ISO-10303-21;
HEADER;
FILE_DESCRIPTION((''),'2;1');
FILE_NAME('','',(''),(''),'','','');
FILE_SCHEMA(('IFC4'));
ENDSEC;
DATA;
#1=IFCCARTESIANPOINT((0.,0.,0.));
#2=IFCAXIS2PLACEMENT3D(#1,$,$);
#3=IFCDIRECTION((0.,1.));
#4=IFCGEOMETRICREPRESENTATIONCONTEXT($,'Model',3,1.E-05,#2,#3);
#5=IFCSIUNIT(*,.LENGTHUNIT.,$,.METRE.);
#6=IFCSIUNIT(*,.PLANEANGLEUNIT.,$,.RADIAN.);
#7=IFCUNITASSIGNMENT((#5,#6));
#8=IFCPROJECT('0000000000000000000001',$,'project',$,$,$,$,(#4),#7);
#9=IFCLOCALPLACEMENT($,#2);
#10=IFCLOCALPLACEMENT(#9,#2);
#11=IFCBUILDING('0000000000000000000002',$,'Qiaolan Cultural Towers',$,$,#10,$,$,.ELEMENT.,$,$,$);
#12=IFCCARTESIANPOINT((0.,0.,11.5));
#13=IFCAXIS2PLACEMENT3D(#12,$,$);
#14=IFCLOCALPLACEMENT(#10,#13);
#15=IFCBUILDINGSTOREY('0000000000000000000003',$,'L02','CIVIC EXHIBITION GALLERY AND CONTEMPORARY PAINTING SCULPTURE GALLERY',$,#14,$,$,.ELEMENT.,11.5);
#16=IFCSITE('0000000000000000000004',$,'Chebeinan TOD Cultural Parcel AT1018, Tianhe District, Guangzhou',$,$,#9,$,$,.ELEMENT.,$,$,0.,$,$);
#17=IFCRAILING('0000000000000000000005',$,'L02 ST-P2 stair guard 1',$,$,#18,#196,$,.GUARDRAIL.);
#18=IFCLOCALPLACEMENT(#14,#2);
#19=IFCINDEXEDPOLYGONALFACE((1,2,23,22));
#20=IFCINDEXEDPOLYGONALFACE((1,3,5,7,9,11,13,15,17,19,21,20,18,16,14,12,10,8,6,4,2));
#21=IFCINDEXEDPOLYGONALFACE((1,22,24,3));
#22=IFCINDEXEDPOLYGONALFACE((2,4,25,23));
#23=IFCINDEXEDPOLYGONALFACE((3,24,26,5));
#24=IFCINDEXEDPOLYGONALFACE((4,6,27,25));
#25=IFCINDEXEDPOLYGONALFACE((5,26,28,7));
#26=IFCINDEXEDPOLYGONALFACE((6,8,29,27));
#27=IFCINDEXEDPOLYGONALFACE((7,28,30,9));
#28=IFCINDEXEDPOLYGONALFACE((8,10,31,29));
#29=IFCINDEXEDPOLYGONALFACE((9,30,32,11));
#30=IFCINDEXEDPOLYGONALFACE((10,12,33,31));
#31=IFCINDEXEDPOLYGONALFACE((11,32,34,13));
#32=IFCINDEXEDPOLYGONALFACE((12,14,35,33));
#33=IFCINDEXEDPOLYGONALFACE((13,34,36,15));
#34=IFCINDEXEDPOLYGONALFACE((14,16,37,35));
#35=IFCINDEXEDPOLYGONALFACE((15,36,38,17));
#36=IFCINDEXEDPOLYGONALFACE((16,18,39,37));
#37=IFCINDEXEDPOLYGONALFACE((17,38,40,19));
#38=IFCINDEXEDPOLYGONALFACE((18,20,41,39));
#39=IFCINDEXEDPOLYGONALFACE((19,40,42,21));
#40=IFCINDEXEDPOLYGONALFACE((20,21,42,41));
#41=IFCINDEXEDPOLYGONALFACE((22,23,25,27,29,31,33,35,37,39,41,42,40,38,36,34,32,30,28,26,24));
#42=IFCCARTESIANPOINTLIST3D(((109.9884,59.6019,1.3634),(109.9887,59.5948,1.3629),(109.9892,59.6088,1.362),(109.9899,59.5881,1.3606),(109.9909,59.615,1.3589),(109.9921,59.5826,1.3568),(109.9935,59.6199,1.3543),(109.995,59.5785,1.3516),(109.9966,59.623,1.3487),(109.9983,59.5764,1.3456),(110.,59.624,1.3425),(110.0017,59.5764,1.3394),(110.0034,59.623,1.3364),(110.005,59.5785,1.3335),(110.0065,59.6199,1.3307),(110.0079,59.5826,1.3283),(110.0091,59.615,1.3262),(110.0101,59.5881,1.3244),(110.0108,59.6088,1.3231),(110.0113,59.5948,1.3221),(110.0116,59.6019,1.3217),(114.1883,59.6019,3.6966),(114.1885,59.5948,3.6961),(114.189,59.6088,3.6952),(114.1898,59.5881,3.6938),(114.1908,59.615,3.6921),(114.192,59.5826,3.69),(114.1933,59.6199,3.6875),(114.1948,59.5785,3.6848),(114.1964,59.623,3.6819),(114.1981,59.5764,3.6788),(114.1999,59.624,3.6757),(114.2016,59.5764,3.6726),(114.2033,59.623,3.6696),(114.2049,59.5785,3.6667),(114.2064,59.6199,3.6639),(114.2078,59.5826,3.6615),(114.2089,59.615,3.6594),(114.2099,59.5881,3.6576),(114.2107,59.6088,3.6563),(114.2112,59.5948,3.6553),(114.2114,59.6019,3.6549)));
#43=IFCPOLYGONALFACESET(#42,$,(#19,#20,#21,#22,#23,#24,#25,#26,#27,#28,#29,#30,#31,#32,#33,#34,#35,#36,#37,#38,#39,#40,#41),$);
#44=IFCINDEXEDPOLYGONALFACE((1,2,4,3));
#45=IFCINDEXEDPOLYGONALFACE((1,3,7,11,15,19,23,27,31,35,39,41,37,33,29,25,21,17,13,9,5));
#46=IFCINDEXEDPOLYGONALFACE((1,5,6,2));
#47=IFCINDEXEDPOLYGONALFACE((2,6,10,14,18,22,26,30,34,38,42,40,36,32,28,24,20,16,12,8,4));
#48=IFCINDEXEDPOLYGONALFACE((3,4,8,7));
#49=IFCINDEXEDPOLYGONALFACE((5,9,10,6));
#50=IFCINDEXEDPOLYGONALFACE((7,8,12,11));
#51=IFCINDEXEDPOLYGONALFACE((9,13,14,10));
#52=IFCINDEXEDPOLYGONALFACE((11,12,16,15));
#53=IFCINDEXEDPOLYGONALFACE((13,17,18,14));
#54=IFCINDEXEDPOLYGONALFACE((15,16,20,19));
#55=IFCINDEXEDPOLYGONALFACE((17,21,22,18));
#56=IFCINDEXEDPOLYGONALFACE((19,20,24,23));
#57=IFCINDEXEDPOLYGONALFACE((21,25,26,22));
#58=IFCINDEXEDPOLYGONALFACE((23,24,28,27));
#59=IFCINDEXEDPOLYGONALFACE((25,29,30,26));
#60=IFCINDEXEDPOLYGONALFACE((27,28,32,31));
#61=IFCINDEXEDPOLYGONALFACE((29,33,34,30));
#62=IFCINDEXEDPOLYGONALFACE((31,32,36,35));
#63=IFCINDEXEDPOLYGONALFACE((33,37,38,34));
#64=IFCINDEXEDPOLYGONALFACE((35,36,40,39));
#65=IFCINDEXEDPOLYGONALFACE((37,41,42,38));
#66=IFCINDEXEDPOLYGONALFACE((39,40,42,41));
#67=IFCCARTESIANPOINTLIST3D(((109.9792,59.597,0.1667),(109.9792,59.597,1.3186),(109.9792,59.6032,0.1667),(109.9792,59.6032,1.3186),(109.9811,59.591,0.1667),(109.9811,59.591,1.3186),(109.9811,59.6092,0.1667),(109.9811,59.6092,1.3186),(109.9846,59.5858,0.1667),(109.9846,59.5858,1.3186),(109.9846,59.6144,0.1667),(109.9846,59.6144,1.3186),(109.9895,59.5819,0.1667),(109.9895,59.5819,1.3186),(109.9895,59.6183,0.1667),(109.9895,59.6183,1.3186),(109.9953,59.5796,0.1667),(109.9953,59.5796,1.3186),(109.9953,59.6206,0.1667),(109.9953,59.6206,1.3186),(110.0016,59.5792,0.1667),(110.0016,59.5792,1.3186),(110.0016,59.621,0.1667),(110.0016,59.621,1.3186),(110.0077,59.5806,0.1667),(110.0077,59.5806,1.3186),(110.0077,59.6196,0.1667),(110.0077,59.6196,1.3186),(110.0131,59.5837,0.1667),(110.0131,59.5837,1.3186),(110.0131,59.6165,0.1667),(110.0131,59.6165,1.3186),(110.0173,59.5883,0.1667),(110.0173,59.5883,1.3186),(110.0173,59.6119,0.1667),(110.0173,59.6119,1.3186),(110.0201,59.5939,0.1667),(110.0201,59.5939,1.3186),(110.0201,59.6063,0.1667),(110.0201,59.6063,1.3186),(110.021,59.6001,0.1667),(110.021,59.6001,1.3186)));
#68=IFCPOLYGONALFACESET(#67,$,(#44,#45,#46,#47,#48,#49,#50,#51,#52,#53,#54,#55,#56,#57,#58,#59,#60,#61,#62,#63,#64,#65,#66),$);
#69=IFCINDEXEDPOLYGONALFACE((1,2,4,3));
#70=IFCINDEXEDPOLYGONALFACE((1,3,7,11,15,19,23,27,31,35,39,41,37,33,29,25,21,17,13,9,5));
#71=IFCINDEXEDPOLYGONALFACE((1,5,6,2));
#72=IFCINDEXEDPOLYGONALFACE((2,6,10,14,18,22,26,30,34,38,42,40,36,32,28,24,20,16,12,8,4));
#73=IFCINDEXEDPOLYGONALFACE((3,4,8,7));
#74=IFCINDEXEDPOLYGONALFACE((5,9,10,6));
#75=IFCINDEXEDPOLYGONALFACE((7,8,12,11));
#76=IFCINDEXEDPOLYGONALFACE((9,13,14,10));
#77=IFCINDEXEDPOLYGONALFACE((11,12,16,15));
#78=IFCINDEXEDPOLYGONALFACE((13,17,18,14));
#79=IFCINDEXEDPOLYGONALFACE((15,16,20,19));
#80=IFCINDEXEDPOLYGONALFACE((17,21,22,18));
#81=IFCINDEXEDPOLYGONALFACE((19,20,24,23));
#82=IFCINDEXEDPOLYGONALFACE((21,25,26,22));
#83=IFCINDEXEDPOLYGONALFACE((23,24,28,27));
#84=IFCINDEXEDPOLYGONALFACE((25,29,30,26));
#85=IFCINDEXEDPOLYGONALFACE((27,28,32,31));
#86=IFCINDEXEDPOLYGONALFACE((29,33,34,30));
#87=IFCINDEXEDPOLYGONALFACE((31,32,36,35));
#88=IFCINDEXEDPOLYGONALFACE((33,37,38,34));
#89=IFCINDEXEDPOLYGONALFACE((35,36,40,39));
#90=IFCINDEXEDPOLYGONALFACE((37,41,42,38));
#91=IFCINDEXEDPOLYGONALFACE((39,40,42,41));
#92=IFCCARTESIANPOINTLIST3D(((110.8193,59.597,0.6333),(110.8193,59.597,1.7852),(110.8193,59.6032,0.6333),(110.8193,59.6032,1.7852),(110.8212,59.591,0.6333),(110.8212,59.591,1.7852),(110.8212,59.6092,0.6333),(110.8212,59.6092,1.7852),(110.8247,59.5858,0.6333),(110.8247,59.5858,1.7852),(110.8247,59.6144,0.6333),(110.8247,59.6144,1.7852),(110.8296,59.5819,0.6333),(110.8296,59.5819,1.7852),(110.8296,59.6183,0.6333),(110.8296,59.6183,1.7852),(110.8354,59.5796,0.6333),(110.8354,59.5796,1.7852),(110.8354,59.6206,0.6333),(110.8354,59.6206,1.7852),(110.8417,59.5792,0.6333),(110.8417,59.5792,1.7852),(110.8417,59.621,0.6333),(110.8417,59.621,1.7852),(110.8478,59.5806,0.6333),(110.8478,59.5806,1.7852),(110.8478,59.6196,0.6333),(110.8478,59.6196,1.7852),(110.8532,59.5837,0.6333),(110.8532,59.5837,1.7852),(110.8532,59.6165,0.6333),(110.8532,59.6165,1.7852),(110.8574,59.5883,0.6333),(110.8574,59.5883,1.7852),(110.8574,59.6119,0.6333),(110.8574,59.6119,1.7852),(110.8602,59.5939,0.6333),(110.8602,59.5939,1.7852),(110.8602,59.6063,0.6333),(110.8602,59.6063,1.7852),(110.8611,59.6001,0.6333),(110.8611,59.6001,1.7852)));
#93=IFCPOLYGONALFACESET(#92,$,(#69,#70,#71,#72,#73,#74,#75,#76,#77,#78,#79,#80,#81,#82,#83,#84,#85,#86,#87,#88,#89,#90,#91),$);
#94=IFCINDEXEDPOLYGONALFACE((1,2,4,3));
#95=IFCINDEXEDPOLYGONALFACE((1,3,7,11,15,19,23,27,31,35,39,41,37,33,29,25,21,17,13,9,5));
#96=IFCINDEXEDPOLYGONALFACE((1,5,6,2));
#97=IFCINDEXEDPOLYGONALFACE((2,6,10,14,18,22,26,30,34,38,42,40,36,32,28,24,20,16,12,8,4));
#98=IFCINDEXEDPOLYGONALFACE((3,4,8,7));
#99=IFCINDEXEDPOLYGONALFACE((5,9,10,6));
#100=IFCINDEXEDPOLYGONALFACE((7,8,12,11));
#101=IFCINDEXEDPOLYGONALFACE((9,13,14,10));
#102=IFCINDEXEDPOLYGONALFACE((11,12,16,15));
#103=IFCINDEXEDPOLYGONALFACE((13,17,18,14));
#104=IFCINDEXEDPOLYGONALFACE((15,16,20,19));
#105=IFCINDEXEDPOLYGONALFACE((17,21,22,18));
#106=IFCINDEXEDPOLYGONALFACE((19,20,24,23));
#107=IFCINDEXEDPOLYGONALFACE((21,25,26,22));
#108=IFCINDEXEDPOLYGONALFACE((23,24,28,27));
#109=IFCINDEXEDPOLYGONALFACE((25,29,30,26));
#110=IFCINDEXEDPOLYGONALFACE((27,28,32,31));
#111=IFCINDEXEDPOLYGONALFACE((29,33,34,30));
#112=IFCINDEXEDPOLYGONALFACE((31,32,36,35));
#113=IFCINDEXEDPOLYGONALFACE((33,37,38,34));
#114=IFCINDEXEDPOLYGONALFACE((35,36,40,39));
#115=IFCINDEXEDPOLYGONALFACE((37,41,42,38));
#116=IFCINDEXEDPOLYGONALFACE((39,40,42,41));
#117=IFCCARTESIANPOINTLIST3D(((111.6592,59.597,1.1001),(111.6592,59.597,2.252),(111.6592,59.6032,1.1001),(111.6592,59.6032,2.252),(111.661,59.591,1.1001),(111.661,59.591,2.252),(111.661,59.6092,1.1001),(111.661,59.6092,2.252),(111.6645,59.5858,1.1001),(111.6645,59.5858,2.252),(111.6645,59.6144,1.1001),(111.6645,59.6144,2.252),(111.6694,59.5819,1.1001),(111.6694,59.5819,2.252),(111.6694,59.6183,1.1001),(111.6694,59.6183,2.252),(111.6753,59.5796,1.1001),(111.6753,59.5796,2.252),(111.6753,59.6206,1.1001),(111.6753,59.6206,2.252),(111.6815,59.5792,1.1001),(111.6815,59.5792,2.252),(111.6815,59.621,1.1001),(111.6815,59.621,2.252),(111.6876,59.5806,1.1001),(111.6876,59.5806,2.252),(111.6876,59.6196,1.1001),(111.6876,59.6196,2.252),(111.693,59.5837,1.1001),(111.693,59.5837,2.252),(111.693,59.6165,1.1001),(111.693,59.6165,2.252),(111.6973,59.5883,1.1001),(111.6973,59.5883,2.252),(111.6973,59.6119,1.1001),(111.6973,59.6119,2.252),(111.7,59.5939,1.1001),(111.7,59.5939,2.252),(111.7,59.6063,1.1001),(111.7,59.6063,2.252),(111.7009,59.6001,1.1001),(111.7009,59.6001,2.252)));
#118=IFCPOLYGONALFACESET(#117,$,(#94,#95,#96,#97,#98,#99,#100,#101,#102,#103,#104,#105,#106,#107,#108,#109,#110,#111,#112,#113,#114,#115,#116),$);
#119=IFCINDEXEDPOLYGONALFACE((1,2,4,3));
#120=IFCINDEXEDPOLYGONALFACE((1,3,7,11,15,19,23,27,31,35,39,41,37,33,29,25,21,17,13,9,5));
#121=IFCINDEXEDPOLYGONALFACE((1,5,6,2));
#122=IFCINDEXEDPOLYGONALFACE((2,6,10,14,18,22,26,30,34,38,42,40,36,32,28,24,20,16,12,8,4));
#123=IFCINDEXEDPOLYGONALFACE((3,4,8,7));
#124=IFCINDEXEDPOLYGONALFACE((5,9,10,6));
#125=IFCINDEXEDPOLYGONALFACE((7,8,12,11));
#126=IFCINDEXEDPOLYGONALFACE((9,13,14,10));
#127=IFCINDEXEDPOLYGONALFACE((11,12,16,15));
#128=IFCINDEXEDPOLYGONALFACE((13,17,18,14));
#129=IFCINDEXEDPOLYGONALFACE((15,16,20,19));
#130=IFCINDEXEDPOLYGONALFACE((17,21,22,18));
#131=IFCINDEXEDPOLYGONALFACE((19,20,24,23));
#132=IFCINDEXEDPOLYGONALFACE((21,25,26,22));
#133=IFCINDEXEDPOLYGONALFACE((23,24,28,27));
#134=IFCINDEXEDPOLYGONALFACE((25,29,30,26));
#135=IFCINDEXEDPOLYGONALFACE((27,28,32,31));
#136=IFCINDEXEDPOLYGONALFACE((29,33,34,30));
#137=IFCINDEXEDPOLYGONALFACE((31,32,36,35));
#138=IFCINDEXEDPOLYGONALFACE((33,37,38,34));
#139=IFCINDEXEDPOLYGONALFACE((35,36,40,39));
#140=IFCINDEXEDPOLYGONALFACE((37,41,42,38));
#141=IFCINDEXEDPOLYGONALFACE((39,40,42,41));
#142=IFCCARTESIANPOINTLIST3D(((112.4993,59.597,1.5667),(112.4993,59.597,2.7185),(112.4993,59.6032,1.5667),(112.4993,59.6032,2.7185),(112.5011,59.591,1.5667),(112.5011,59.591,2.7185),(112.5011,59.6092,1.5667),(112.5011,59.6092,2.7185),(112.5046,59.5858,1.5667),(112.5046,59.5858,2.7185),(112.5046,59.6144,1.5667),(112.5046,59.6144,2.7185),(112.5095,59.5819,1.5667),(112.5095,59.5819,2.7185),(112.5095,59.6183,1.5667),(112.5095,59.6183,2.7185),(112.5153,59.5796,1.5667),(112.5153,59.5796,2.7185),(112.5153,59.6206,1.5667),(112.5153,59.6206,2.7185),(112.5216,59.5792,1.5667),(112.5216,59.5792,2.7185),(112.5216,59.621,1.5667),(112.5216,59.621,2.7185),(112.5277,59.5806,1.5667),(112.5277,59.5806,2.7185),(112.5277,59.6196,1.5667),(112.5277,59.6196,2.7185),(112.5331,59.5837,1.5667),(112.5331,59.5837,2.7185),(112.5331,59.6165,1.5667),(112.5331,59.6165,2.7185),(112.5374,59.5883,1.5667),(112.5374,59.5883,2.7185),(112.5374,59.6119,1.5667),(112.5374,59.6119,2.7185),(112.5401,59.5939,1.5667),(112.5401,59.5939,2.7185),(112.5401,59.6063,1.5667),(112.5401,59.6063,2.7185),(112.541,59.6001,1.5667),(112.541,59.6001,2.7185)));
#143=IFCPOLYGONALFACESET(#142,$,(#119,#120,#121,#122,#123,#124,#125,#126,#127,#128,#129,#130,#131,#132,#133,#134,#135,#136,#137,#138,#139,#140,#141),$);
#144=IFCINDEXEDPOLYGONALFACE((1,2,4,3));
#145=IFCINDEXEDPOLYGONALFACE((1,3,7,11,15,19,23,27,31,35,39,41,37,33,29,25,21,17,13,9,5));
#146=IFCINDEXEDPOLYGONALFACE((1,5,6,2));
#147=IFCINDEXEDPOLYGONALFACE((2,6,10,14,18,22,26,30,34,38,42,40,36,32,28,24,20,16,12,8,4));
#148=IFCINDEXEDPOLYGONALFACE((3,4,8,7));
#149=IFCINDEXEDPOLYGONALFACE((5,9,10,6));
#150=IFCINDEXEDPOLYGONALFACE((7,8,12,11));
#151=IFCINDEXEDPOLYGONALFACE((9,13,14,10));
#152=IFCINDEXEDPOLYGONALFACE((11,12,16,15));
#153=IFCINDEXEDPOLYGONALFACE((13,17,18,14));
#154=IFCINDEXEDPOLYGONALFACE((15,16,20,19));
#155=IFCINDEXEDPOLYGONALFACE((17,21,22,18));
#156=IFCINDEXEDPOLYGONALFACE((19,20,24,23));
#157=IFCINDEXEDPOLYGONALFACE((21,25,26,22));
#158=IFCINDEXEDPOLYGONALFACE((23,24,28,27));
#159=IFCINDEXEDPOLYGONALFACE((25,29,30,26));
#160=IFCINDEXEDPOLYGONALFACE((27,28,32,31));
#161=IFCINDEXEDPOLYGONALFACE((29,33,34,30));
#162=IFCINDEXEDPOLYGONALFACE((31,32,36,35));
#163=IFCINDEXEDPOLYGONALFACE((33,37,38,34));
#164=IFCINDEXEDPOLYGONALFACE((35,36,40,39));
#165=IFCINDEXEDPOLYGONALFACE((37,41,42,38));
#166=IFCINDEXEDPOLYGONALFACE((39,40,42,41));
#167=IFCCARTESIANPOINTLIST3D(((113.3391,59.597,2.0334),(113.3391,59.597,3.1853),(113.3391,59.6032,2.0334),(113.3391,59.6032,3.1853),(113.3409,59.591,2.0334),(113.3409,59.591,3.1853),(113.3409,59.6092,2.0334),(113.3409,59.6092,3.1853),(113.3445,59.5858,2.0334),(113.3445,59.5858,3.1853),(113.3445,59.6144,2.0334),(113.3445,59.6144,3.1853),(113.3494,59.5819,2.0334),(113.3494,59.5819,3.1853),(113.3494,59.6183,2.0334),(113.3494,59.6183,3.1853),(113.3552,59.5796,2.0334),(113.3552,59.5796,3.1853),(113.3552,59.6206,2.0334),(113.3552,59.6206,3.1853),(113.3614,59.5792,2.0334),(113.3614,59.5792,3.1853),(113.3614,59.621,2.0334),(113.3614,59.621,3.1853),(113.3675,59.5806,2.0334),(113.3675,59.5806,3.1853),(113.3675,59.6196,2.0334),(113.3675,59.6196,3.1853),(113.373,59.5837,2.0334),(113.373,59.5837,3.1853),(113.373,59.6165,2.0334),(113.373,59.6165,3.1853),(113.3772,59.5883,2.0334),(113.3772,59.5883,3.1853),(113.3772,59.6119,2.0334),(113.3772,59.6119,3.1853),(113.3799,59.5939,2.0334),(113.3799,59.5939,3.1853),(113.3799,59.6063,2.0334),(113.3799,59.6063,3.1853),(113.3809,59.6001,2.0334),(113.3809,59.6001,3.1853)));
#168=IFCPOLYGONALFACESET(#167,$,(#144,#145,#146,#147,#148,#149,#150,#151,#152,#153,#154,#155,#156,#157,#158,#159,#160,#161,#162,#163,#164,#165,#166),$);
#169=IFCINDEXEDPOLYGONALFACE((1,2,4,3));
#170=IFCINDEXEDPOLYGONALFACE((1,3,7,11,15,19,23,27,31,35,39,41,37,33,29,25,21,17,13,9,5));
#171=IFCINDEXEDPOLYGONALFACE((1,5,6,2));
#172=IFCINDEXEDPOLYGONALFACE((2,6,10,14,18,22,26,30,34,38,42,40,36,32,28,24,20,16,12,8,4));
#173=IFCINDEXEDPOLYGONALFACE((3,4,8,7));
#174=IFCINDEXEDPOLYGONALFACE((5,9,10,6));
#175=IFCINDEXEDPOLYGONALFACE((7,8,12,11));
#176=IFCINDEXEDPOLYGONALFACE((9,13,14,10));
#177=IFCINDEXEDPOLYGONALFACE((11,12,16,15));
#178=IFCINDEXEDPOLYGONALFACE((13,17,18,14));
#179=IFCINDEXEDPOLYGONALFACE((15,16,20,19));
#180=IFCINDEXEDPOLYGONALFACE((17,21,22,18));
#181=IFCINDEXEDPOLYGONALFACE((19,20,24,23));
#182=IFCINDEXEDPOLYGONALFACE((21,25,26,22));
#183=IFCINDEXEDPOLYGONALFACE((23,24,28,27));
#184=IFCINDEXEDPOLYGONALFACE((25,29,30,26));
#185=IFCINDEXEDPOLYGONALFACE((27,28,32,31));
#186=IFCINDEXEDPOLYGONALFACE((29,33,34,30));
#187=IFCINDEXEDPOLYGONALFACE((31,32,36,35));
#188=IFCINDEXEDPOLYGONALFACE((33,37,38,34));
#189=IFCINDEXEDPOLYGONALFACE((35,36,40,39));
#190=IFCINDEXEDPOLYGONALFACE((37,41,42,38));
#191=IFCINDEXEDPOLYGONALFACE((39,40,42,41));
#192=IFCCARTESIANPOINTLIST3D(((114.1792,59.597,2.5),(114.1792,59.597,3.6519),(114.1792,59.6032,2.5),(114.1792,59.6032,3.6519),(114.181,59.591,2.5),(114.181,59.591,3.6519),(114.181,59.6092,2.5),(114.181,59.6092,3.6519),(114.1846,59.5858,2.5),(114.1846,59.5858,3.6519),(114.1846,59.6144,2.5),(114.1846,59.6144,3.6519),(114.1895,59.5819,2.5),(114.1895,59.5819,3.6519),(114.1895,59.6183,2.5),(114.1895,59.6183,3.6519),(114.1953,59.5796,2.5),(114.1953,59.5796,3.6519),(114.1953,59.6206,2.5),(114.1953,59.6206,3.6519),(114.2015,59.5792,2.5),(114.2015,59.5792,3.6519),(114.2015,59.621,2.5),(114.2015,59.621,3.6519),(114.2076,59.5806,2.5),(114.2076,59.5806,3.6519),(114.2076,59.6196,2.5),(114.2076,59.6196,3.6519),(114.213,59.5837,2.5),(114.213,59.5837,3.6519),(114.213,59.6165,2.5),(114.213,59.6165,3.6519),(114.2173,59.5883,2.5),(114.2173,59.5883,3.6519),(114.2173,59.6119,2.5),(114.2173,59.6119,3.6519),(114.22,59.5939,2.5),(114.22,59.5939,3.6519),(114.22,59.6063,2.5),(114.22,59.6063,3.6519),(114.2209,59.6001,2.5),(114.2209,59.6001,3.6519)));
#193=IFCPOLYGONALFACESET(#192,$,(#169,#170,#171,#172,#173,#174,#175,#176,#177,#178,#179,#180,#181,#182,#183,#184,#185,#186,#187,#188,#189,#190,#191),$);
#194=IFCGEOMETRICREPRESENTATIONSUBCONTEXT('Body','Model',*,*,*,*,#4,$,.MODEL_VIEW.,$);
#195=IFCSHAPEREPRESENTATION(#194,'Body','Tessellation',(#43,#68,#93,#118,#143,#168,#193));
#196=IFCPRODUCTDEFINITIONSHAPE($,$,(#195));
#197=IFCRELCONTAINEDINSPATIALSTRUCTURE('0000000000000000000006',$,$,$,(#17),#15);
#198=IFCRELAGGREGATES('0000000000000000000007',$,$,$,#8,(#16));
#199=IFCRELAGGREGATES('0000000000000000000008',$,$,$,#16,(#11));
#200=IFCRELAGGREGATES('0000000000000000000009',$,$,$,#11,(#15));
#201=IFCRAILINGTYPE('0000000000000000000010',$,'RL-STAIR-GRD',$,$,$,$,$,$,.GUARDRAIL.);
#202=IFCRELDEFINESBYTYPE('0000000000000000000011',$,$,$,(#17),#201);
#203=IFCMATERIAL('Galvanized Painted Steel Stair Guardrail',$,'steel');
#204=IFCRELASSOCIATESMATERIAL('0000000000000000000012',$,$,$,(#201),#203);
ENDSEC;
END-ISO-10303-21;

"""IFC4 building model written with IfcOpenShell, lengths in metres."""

from ifc_helpers import new_model, si_unit, direction, frame, origin, origin_2d, place, context, subcontext, project, spatial, circle, extrude, material, type_object, element, save


model = new_model("IFC4")

# Units and contexts
model_context = context("Model", 3, precision=1e-05, world=origin(), true_north=direction((0.0, 1.0)))
body_context = subcontext(model_context, "Body", "Model", "MODEL_VIEW")
ifc_project = project(units=[si_unit("LENGTHUNIT", "METRE"), si_unit("PLANEANGLEUNIT", "RADIAN")], contexts=[model_context])

# Site, building, storey
site_placement = place(None, origin())
site = spatial("IfcSite", under=ifc_project, at=site_placement, Name="Chebeinan TOD Cultural Parcel AT1018, Tianhe District, Guangzhou", CompositionType="ELEMENT", RefElevation=0.0)
building_placement = place(site_placement, origin())
building = spatial("IfcBuilding", under=site, at=building_placement, Name="Qiaolan Cultural Towers", CompositionType="ELEMENT")
storey_placement = place(building_placement, frame((0.0, 0.0, 11.5)))
storey = spatial("IfcBuildingStorey", under=building, at=storey_placement, Name="L02", Description="CIVIC EXHIBITION GALLERY AND CONTEMPORARY PAINTING SCULPTURE GALLERY", CompositionType="ELEMENT", Elevation=11.5)

# Railing
ifc_material_1 = material(Name="Galvanized Painted Steel Stair Guardrail", Category="steel")
railing_type_1 = type_object("IfcRailingType", Name="RL-STAIR-GRD", PredefinedType="GUARDRAIL", material=ifc_material_1)
railing_1_placement = place(storey_placement, frame((110.0, 59.6001, 0.1667)))
element("IfcRailing", 1, at=railing_1_placement, inside=storey, type_object=railing_type_1, Name="L02 ST-P2 stair guard 1", PredefinedType="GUARDRAIL", context=body_context, shape_type="SweptSolid", body=[
    extrude(circle(Radius=0.0239, at=origin_2d()), frame((0.0, 0.0, 1.1758), z_axis=(0.874162, 0.0, 0.485634), x_axis=(0.0, 1.0, 0.0)), (0.0, 0.0, 1.0), 4.8044),
    extrude(circle(Radius=0.021, at=origin_2d()), origin(), (0.0, 0.0, 1.0), 1.1519),
    extrude(circle(Radius=0.021, at=origin_2d()), frame((0.8401, 0.0, 0.4666)), (0.0, 0.0, 1.0), 1.1519),
    extrude(circle(Radius=0.021, at=origin_2d()), frame((1.6799, 0.0, 0.9333)), (0.0, 0.0, 1.0), 1.1519),
    extrude(circle(Radius=0.021, at=origin_2d()), frame((2.52, 0.0, 1.3999)), (0.0, 0.0, 1.0), 1.1519),
    extrude(circle(Radius=0.021, at=origin_2d()), frame((3.3599, 0.0, 1.8667)), (0.0, 0.0, 1.0), 1.1519),
    extrude(circle(Radius=0.021, at=origin_2d()), frame((4.2, 0.0, 2.3333)), (0.0, 0.0, 1.0), 1.1519),
])

save(model, "model.ifc")
